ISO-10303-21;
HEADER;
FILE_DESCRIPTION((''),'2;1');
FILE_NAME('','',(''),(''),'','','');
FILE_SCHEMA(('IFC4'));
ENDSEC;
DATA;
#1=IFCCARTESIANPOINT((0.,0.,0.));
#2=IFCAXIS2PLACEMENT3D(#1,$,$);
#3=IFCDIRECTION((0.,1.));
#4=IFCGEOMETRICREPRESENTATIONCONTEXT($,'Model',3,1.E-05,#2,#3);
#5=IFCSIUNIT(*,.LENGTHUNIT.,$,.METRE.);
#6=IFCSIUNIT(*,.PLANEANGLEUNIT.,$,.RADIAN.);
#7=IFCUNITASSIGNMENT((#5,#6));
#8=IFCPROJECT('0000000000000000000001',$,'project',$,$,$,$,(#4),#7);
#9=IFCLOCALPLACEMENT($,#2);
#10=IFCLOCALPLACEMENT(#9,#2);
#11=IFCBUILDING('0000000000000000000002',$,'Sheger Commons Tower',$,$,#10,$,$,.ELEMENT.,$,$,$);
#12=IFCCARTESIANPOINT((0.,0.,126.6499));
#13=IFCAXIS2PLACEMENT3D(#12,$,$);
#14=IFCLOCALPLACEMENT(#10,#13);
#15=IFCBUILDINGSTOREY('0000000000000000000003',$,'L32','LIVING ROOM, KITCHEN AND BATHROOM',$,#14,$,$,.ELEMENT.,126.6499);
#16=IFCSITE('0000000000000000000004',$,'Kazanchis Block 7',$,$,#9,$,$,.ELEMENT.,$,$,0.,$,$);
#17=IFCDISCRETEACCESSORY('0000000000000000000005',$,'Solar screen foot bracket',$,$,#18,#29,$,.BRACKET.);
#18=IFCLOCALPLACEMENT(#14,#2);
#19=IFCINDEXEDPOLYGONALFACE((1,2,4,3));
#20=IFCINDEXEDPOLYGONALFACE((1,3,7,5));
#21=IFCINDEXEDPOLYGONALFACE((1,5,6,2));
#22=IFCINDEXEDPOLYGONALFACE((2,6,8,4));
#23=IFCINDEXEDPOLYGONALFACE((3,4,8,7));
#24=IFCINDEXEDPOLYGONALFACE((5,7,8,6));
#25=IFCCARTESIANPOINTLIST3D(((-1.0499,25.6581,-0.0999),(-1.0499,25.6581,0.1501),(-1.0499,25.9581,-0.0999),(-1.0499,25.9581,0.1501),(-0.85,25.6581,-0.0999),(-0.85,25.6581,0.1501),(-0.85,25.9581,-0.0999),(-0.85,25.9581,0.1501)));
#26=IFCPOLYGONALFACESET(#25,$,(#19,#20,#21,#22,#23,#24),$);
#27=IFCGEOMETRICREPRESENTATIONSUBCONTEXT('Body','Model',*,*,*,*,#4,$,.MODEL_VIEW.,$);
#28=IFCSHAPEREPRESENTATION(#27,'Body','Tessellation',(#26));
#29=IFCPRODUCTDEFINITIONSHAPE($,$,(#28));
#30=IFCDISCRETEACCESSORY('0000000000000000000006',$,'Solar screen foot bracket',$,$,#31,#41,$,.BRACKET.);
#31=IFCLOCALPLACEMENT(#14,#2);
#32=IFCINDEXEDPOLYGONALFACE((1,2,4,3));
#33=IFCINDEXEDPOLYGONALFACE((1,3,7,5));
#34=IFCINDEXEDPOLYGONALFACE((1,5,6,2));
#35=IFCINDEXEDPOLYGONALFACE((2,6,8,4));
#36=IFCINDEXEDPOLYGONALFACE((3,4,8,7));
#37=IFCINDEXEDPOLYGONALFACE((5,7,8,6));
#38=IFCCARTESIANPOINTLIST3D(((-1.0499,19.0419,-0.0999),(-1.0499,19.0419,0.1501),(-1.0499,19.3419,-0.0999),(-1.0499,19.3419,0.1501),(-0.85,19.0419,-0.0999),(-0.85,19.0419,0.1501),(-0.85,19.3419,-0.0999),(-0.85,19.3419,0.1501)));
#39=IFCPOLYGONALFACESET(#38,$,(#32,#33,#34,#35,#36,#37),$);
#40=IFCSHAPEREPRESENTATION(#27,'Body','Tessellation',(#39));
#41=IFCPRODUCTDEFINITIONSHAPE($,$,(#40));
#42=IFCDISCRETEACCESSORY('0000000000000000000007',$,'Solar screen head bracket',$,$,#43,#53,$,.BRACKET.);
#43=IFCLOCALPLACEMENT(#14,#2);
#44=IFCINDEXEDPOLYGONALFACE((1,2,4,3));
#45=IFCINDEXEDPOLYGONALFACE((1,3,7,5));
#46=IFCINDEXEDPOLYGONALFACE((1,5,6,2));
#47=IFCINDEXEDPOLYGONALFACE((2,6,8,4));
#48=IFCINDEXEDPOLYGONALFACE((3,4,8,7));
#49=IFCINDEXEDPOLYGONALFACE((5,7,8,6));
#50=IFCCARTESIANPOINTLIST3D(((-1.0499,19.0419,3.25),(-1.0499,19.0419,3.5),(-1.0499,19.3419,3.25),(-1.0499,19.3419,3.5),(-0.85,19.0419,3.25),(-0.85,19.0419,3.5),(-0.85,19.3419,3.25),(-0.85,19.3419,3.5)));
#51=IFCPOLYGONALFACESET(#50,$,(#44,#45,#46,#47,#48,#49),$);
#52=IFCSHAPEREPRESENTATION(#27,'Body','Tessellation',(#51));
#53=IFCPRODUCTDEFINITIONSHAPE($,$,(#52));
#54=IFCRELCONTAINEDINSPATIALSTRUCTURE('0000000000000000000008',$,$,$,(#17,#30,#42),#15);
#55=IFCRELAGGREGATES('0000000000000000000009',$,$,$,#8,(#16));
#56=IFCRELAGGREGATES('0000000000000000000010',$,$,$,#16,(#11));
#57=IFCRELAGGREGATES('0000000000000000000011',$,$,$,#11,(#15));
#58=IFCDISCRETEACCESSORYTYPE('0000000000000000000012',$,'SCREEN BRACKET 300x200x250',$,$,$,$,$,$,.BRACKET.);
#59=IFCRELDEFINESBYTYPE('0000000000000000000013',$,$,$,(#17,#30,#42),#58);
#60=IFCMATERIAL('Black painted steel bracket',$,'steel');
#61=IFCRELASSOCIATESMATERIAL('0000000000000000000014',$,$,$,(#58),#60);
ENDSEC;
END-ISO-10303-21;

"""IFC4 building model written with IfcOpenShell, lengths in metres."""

from ifc_helpers import new_model, si_unit, direction, frame, origin, origin_2d, place, context, subcontext, project, spatial, rectangle, extrude, material, type_object, element, save


model = new_model("IFC4")

# Units and contexts
model_context = context("Model", 3, precision=1e-05, world=origin(), true_north=direction((0.0, 1.0)))
body_context = subcontext(model_context, "Body", "Model", "MODEL_VIEW")
ifc_project = project(units=[si_unit("LENGTHUNIT", "METRE"), si_unit("PLANEANGLEUNIT", "RADIAN")], contexts=[model_context])

# Site, building, storey
site_placement = place(None, origin())
site = spatial("IfcSite", under=ifc_project, at=site_placement, Name="Kazanchis Block 7", CompositionType="ELEMENT", RefElevation=0.0)
building_placement = place(site_placement, origin())
building = spatial("IfcBuilding", under=site, at=building_placement, Name="Sheger Commons Tower", CompositionType="ELEMENT")
storey_placement = place(building_placement, frame((0.0, 0.0, 126.6499)))
storey = spatial("IfcBuildingStorey", under=building, at=storey_placement, Name="L32", Description="LIVING ROOM, KITCHEN AND BATHROOM", CompositionType="ELEMENT", Elevation=126.6499)

# Discrete accessories
ifc_material_1 = material(Name="Black painted steel bracket", Category="steel")
discrete_accessory_type = type_object("IfcDiscreteAccessoryType", Name="SCREEN BRACKET 300x200x250", PredefinedType="BRACKET", material=ifc_material_1)
for number, where, z_axis, x_axis, name in (
    (1, (-0.95, 25.8081, -0.0999), (0.0, 0.0, 1.0), (0.0, -1.0, 0.0), "Solar screen foot bracket"),
    (2, (-0.95, 19.1919, -0.0999), (0.0, 0.0, 1.0), (0.0, -1.0, 0.0), "Solar screen foot bracket"),
    (3, (-0.95, 19.1919, 3.25), (0.0, 0.0, 1.0), (0.0, -1.0, 0.0), "Solar screen head bracket"),
):
    element("IfcDiscreteAccessory", number, at=place(storey_placement, frame(where, z_axis=z_axis, x_axis=x_axis)), inside=storey, type_object=discrete_accessory_type, Name=name, PredefinedType="BRACKET", context=body_context, shape_type="SweptSolid", body=[
        extrude(rectangle(XDim=0.3, YDim=0.2, at=origin_2d()), origin(), (0.0, 0.0, 1.0), 0.25),
    ])

save(model, "model.ifc")
